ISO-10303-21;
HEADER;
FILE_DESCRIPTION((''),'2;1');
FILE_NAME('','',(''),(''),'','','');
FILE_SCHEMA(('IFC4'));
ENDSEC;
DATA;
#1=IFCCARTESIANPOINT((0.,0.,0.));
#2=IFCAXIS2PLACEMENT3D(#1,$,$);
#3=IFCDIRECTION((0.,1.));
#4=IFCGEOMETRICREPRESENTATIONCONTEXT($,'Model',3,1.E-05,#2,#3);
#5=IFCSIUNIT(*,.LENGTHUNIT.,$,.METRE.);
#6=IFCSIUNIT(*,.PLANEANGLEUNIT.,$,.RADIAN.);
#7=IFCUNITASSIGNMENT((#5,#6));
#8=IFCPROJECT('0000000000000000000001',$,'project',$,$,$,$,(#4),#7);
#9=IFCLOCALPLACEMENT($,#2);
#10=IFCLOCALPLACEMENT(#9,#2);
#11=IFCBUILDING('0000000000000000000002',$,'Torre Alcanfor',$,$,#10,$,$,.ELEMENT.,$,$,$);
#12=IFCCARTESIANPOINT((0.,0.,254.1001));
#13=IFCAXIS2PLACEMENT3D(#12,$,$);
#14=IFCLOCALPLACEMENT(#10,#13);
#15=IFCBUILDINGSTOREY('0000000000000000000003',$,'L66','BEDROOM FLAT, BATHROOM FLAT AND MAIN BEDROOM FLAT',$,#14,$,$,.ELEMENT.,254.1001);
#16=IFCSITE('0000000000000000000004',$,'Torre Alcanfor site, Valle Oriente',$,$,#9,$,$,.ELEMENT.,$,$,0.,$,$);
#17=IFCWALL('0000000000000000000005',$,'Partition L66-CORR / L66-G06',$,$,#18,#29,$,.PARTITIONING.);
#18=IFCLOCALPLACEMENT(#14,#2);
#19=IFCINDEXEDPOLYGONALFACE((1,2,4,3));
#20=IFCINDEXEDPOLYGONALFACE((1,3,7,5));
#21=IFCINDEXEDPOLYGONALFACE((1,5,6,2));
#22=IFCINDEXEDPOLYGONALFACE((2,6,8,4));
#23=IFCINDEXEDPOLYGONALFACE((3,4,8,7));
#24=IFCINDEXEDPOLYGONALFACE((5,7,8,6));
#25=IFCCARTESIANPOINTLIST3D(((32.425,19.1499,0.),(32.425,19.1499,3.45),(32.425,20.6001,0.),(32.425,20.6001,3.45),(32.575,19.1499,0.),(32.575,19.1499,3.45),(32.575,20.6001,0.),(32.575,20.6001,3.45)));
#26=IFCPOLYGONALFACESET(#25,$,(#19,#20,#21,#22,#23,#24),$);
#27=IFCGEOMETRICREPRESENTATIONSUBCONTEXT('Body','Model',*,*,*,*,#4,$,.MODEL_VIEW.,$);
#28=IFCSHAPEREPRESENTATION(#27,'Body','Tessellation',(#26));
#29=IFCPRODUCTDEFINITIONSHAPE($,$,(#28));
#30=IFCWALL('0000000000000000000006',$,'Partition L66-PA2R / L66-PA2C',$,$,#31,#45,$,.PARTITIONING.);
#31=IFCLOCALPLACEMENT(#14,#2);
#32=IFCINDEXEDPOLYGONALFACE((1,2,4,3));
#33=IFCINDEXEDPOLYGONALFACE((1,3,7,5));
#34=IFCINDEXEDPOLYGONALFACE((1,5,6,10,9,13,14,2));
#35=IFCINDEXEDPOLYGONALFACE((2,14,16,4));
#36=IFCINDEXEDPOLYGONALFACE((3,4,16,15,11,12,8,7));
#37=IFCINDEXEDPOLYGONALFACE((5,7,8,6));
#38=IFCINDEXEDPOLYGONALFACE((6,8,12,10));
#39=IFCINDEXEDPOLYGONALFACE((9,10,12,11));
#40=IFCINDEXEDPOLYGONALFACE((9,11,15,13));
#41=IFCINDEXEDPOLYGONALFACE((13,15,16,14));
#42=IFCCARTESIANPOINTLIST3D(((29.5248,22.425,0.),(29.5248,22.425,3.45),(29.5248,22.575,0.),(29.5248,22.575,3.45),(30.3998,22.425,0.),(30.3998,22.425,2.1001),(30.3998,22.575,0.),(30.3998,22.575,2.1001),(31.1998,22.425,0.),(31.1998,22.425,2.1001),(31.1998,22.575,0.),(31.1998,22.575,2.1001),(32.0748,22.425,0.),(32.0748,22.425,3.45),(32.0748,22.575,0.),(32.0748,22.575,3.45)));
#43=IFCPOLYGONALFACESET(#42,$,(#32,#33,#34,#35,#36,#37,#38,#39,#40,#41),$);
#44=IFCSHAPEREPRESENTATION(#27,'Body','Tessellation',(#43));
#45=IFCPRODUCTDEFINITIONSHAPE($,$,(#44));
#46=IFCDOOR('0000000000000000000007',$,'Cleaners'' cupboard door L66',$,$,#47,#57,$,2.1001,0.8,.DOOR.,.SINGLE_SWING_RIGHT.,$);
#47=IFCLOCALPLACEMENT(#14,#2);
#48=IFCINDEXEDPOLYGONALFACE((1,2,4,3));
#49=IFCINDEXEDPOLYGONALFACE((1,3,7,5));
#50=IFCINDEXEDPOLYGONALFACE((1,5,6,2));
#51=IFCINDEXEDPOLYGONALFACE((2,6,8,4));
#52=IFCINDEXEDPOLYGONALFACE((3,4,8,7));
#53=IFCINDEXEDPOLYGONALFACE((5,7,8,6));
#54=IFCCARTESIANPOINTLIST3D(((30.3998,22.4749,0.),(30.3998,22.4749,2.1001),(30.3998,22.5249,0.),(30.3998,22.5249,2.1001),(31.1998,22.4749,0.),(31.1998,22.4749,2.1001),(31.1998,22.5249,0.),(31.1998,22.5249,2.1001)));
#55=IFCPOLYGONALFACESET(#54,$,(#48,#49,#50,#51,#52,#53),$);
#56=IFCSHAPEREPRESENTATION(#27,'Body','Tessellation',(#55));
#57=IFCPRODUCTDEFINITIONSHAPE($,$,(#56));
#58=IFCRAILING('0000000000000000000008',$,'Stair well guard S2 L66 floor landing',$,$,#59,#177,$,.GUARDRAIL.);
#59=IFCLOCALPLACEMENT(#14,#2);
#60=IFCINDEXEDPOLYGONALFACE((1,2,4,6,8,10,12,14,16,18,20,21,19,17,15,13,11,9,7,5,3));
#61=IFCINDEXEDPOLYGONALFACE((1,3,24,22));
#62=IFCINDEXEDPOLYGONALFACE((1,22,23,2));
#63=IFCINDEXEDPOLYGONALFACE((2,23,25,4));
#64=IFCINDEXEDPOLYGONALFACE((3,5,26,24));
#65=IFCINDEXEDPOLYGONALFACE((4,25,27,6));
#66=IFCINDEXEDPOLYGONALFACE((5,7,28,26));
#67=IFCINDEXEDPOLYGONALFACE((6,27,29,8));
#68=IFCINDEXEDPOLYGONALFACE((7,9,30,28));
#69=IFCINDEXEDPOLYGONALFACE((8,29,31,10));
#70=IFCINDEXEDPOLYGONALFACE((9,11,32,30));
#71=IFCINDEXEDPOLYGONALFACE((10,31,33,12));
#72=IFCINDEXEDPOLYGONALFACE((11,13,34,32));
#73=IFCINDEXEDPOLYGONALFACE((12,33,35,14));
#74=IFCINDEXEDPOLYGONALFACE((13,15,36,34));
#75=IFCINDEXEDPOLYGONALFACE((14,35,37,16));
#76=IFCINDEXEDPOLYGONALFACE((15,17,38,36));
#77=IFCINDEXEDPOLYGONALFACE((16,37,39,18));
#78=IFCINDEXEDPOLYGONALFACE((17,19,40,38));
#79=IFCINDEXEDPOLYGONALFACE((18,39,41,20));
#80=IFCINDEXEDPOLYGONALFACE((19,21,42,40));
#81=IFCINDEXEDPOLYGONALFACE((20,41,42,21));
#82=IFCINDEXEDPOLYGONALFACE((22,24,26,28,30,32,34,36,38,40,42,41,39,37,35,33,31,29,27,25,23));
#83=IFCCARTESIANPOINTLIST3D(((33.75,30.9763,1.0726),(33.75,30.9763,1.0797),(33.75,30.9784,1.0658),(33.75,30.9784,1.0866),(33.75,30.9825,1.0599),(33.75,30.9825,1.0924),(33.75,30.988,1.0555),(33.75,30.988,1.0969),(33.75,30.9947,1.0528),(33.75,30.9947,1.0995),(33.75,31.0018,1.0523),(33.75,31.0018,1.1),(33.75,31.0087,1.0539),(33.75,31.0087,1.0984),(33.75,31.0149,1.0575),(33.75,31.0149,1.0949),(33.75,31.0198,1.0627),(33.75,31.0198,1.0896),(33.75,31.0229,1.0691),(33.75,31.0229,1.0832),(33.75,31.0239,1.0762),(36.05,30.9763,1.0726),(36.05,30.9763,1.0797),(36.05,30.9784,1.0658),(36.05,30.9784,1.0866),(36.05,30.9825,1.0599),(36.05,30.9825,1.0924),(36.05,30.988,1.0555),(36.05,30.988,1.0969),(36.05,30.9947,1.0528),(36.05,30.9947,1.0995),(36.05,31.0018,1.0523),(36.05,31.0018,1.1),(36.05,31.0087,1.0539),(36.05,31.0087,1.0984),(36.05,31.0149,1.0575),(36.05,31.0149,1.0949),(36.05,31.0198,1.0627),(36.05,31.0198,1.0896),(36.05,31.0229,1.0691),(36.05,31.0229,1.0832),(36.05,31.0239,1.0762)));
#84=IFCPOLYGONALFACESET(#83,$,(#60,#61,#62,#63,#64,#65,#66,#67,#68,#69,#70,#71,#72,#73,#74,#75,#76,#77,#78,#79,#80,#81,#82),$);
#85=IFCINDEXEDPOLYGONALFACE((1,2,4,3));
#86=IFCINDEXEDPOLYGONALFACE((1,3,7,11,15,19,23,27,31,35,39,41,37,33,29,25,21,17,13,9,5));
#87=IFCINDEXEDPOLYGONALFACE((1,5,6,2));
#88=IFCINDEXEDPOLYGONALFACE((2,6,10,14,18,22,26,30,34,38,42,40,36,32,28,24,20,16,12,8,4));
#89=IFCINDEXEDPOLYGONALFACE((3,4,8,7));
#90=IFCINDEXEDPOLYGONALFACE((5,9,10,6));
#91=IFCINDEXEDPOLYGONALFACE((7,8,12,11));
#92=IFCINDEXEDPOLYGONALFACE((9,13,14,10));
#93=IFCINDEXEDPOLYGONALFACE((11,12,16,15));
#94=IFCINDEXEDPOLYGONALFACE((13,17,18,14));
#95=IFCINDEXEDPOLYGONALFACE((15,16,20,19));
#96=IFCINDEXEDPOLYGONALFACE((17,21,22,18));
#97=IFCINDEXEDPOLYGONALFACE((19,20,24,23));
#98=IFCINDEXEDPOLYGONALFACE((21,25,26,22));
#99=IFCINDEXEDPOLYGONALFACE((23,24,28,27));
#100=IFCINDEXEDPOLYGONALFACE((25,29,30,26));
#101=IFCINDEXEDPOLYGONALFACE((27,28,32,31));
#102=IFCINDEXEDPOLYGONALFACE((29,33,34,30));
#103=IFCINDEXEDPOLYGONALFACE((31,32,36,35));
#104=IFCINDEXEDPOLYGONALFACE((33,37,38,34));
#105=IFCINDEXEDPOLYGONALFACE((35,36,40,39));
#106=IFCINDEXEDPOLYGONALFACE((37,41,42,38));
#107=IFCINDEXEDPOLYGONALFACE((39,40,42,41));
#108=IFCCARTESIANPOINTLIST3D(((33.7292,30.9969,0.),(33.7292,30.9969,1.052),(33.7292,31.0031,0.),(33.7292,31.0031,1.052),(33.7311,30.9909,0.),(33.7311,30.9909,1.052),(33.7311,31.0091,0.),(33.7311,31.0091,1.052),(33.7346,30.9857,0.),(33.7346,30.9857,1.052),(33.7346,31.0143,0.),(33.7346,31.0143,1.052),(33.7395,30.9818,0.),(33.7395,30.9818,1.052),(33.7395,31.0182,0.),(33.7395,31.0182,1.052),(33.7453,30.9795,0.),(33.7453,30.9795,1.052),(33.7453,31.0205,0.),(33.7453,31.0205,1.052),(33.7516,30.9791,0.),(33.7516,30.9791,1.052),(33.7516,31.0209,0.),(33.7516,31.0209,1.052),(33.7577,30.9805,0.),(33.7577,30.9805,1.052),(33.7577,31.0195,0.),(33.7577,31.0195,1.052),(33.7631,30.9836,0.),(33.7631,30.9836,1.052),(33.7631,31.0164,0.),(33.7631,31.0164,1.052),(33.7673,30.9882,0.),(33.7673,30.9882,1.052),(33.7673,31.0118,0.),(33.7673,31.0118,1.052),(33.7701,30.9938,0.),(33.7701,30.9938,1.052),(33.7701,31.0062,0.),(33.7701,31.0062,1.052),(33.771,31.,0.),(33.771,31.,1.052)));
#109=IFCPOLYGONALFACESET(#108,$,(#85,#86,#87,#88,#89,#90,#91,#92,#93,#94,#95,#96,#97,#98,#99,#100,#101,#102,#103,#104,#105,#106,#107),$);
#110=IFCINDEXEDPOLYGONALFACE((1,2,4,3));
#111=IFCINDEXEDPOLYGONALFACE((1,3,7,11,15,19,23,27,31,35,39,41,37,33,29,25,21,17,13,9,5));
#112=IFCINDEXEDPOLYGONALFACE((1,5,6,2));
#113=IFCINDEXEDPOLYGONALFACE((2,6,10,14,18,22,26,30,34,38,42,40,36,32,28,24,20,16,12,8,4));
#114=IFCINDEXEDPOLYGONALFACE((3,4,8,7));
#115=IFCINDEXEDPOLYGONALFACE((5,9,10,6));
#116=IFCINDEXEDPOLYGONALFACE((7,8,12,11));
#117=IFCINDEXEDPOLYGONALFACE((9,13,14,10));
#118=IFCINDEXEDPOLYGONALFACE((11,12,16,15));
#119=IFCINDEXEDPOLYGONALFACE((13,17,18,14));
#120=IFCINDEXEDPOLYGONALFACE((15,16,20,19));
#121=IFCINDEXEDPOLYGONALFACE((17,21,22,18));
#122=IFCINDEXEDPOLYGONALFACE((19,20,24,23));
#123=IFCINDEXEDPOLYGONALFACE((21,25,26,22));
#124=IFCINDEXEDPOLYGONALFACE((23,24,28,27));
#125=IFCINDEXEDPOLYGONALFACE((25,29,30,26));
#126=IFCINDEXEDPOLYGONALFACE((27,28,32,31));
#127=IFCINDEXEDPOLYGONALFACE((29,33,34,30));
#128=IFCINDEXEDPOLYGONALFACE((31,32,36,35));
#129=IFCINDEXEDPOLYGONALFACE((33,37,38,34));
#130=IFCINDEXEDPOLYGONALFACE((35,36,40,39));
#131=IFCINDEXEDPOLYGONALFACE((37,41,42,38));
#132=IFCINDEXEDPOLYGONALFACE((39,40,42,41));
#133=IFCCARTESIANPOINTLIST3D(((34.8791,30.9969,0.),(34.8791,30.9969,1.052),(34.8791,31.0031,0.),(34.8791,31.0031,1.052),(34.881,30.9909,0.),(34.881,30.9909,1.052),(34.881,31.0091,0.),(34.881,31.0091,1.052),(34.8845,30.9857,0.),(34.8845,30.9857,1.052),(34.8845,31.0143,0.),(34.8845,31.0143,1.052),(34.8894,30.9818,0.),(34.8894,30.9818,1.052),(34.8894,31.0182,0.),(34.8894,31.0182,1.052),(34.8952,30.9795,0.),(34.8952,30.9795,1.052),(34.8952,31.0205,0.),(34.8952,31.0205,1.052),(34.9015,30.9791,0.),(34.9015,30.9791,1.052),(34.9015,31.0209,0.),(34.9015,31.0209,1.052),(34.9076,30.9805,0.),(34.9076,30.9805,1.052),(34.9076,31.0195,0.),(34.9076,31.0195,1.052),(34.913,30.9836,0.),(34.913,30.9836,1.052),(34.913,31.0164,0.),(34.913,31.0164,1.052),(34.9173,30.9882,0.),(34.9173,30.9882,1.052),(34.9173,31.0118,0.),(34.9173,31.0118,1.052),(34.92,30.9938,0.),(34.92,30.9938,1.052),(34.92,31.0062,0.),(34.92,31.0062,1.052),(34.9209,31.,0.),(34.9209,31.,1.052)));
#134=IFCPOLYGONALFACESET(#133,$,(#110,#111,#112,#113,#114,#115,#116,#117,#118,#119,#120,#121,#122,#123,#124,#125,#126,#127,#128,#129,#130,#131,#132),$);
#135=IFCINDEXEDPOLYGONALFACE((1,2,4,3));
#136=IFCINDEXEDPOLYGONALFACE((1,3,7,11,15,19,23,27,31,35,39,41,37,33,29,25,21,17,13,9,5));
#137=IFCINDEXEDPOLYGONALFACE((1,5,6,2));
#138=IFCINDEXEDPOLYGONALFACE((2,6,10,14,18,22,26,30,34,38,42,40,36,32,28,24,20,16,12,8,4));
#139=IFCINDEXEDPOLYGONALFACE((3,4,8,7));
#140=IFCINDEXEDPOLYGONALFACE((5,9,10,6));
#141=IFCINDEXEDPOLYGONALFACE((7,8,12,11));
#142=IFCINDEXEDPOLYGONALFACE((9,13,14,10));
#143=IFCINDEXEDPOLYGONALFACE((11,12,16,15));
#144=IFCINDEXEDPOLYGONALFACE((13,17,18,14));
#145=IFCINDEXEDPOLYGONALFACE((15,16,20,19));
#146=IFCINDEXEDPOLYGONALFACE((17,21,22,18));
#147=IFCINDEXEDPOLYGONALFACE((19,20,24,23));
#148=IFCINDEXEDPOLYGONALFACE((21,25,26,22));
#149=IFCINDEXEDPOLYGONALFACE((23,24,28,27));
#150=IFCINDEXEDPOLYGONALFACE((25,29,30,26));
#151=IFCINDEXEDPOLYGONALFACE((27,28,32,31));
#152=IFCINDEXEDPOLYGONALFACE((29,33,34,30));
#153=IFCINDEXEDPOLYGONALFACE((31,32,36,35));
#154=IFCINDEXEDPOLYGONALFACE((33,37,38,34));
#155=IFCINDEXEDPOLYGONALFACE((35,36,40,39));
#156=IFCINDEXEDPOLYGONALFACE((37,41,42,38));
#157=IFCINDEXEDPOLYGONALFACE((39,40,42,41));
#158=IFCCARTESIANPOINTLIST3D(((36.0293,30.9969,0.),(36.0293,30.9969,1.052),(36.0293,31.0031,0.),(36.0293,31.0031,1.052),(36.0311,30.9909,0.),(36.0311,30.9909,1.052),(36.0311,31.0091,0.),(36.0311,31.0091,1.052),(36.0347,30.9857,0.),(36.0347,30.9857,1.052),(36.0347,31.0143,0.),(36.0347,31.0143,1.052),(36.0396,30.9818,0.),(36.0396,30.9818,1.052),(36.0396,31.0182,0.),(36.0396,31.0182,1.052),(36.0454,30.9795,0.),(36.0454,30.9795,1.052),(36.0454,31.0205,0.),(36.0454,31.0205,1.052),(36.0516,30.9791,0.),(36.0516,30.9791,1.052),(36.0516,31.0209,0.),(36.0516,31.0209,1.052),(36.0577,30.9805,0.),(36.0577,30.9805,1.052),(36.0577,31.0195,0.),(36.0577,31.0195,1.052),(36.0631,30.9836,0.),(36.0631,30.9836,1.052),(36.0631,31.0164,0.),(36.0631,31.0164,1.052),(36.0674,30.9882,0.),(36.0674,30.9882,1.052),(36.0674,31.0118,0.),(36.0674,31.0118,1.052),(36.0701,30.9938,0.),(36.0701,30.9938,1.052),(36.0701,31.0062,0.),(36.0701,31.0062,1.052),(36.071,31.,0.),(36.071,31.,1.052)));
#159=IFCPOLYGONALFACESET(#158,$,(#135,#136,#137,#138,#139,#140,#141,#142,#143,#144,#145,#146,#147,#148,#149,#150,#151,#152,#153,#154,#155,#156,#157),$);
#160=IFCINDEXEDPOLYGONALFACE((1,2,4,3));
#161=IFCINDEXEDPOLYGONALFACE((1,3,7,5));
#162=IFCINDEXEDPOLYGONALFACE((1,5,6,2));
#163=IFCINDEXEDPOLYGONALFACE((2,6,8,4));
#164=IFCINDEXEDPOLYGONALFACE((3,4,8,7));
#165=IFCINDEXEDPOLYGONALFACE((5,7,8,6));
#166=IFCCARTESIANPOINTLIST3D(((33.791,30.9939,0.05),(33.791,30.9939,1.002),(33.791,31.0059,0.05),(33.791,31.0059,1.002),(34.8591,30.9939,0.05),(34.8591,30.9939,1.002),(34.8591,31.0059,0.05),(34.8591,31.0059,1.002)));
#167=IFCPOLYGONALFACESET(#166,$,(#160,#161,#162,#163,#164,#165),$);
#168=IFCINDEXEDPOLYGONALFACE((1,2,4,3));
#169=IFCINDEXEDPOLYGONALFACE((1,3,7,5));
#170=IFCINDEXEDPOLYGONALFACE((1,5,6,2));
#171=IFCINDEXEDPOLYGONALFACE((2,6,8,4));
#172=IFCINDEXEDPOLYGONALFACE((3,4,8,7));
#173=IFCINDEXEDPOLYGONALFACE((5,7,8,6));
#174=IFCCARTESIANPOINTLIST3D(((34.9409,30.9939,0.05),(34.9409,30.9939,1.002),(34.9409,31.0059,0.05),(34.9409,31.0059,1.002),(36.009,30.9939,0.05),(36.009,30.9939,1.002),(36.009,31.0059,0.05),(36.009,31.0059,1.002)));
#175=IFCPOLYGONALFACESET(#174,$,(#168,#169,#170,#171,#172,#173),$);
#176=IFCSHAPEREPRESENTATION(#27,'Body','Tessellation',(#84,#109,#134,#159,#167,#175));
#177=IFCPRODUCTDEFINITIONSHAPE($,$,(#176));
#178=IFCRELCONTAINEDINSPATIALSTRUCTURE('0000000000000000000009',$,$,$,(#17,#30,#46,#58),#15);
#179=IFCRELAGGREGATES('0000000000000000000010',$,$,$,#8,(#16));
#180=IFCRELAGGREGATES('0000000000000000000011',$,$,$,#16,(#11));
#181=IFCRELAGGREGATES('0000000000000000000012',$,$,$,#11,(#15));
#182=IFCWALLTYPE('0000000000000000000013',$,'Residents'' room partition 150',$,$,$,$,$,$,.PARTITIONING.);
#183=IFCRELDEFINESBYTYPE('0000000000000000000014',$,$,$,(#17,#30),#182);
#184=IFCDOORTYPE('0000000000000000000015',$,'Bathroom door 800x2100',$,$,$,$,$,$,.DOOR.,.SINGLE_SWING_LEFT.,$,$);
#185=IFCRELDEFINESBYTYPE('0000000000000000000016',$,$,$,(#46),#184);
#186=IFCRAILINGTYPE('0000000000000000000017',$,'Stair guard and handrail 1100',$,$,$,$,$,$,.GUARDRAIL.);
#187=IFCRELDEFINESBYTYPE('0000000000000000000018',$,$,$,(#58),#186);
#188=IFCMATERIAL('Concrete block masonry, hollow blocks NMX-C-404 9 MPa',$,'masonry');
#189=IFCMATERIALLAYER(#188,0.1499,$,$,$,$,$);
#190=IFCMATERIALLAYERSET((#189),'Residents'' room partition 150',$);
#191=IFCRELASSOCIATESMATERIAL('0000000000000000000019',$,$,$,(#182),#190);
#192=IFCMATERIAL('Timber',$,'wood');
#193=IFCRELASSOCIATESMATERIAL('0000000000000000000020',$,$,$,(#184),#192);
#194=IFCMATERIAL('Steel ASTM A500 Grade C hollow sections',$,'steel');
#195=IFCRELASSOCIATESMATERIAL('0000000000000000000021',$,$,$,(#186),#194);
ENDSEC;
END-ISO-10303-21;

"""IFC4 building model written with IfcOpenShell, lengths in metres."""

from ifc_helpers import new_model, si_unit, direction, frame, frame_2d, origin, origin_2d, place, context, subcontext, project, spatial, polyline, rectangle, circle, outline, extrude, material, layer, layer_set, type_object, element, fill, save


model = new_model("IFC4")

# Units and contexts
model_context = context("Model", 3, precision=1e-05, world=origin(), true_north=direction((0.0, 1.0)))
body_context = subcontext(model_context, "Body", "Model", "MODEL_VIEW")
ifc_project = project(units=[si_unit("LENGTHUNIT", "METRE"), si_unit("PLANEANGLEUNIT", "RADIAN")], contexts=[model_context])

# Site, building, storey
site_placement = place(None, origin())
site = spatial("IfcSite", under=ifc_project, at=site_placement, Name="Torre Alcanfor site, Valle Oriente", CompositionType="ELEMENT", RefElevation=0.0)
building_placement = place(site_placement, origin())
building = spatial("IfcBuilding", under=site, at=building_placement, Name="Torre Alcanfor", CompositionType="ELEMENT")
storey_placement = place(building_placement, frame((0.0, 0.0, 254.1001)))
storey = spatial("IfcBuildingStorey", under=building, at=storey_placement, Name="L66", Description="BEDROOM FLAT, BATHROOM FLAT AND MAIN BEDROOM FLAT", CompositionType="ELEMENT", Elevation=254.1001)

# Wall
ifc_material_1 = material(Name="Concrete block masonry, hollow blocks NMX-C-404 9 MPa", Category="masonry")
ifc_layer_1 = layer(ifc_material_1, 0.1499)
ifc_layer_set_1 = layer_set([ifc_layer_1], Name="Residents' room partition 150")
wall_type_1 = type_object("IfcWallType", Name="Residents' room partition 150", PredefinedType="PARTITIONING", material=ifc_layer_set_1)
wall_1_placement = place(storey_placement, frame((32.5, 19.1499, 0.0), z_axis=(0.0, 0.0, 1.0), x_axis=(0.0, 1.0, 0.0)))
element("IfcWall", 1, at=wall_1_placement, inside=storey, type_object=wall_type_1, Name="Partition L66-CORR / L66-G06", PredefinedType="PARTITIONING", context=body_context, shape_type="SweptSolid", body=[
    extrude(rectangle(XDim=1.4502, YDim=0.1499, at=frame_2d((0.7251, 0.0))), origin(), (0.0, 0.0, 1.0), 3.45),
])

# Wall, opening, door
wall_2_placement = place(storey_placement, frame((29.5249, 22.5, 0.0), z_axis=(0.0, 0.0, 1.0), x_axis=(1.0, 0.0, 0.0)))
wall_2 = element("IfcWall", 2, at=wall_2_placement, inside=storey, type_object=wall_type_1, Name="Partition L66-PA2R / L66-PA2C", PredefinedType="PARTITIONING", context=body_context, shape_type="SweptSolid", body=[
    extrude(rectangle(XDim=2.55, YDim=0.1499, at=frame_2d((1.2749, 0.0))), origin(), (0.0, 0.0, 1.0), 3.45),
])
opening_1_placement = place(wall_2_placement, frame((0.875, 0.0, 0.0)))
opening_1 = element("IfcOpeningElement", 3, at=opening_1_placement, cuts=wall_2, PredefinedType="OPENING", context=body_context, shape_type="SweptSolid", body=[
    extrude(rectangle(XDim=0.8, YDim=2.1001, at=frame_2d((0.3999, 1.05))), frame((0.0, 0.085, 0.0), z_axis=(0.0, -1.0, 0.0), x_axis=(1.0, 0.0, 0.0)), (0.0, 0.0, 1.0), 0.1699),
])
ifc_material_2 = material(Name="Timber", Category="wood")
door_type_1 = type_object("IfcDoorType", Name="Bathroom door 800x2100", OperationType="SINGLE_SWING_LEFT", PredefinedType="DOOR", material=ifc_material_2)
door_1_placement = place(opening_1_placement, frame((0.8, 0.0, 0.0), z_axis=(0.0, 0.0, 1.0), x_axis=(-1.0, 0.0, 0.0)))
door_1 = element("IfcDoor", 4, at=door_1_placement, inside=storey, type_object=door_type_1, Name="Cleaners' cupboard door L66", OperationType="SINGLE_SWING_RIGHT", OverallHeight=2.1001, OverallWidth=0.8, PredefinedType="DOOR", context=body_context, shape_type="SweptSolid", body=[
    extrude(rectangle(XDim=0.8, YDim=2.1001, at=frame_2d((0.4001, 1.05))), frame((0.0, 0.0251, 0.0), z_axis=(0.0, -1.0, 0.0), x_axis=(1.0, 0.0, 0.0)), (0.0, 0.0, 1.0), 0.05),
])
fill(opening_1, door_1)

# Railing
ifc_material_3 = material(Name="Steel ASTM A500 Grade C hollow sections", Category="steel")
railing_type = type_object("IfcRailingType", Name="Stair guard and handrail 1100", PredefinedType="GUARDRAIL", material=ifc_material_3)
railing_placement = place(storey_placement, frame((33.75, 31.0, 0.0)))
element("IfcRailing", 5, at=railing_placement, inside=storey, type_object=railing_type, Name="Stair well guard S2 L66 floor landing", PredefinedType="GUARDRAIL", context=body_context, shape_type="SweptSolid", body=[
    extrude(circle(Radius=0.0239, at=origin_2d()), frame((0.0, 0.0, 1.0762), z_axis=(1.0, 0.0, 0.0), x_axis=(0.0, 1.0, 0.0)), (0.0, 0.0, 1.0), 2.3),
    extrude(circle(Radius=0.021, at=origin_2d()), origin(), (0.0, 0.0, 1.0), 1.052),
    extrude(circle(Radius=0.021, at=origin_2d()), frame((1.1499, 0.0, 0.0)), (0.0, 0.0, 1.0), 1.052),
    extrude(circle(Radius=0.021, at=origin_2d()), frame((2.3, 0.0, 0.0)), (0.0, 0.0, 1.0), 1.052),
    extrude(outline(polyline([(0.041, 0.05), (1.1091, 0.05), (1.1091, 1.002), (0.041, 1.002), (0.041, 0.05)])), frame((0.0, 0.0059, 0.0), z_axis=(0.0, -1.0, 0.0), x_axis=(1.0, 0.0, 0.0)), (0.0, 0.0, 1.0), 0.012),
    extrude(outline(polyline([(1.1909, 0.05), (2.259, 0.05), (2.259, 1.002), (1.1909, 1.002), (1.1909, 0.05)])), frame((0.0, 0.0059, 0.0), z_axis=(0.0, -1.0, 0.0), x_axis=(1.0, 0.0, 0.0)), (0.0, 0.0, 1.0), 0.012),
])

save(model, "model.ifc")
